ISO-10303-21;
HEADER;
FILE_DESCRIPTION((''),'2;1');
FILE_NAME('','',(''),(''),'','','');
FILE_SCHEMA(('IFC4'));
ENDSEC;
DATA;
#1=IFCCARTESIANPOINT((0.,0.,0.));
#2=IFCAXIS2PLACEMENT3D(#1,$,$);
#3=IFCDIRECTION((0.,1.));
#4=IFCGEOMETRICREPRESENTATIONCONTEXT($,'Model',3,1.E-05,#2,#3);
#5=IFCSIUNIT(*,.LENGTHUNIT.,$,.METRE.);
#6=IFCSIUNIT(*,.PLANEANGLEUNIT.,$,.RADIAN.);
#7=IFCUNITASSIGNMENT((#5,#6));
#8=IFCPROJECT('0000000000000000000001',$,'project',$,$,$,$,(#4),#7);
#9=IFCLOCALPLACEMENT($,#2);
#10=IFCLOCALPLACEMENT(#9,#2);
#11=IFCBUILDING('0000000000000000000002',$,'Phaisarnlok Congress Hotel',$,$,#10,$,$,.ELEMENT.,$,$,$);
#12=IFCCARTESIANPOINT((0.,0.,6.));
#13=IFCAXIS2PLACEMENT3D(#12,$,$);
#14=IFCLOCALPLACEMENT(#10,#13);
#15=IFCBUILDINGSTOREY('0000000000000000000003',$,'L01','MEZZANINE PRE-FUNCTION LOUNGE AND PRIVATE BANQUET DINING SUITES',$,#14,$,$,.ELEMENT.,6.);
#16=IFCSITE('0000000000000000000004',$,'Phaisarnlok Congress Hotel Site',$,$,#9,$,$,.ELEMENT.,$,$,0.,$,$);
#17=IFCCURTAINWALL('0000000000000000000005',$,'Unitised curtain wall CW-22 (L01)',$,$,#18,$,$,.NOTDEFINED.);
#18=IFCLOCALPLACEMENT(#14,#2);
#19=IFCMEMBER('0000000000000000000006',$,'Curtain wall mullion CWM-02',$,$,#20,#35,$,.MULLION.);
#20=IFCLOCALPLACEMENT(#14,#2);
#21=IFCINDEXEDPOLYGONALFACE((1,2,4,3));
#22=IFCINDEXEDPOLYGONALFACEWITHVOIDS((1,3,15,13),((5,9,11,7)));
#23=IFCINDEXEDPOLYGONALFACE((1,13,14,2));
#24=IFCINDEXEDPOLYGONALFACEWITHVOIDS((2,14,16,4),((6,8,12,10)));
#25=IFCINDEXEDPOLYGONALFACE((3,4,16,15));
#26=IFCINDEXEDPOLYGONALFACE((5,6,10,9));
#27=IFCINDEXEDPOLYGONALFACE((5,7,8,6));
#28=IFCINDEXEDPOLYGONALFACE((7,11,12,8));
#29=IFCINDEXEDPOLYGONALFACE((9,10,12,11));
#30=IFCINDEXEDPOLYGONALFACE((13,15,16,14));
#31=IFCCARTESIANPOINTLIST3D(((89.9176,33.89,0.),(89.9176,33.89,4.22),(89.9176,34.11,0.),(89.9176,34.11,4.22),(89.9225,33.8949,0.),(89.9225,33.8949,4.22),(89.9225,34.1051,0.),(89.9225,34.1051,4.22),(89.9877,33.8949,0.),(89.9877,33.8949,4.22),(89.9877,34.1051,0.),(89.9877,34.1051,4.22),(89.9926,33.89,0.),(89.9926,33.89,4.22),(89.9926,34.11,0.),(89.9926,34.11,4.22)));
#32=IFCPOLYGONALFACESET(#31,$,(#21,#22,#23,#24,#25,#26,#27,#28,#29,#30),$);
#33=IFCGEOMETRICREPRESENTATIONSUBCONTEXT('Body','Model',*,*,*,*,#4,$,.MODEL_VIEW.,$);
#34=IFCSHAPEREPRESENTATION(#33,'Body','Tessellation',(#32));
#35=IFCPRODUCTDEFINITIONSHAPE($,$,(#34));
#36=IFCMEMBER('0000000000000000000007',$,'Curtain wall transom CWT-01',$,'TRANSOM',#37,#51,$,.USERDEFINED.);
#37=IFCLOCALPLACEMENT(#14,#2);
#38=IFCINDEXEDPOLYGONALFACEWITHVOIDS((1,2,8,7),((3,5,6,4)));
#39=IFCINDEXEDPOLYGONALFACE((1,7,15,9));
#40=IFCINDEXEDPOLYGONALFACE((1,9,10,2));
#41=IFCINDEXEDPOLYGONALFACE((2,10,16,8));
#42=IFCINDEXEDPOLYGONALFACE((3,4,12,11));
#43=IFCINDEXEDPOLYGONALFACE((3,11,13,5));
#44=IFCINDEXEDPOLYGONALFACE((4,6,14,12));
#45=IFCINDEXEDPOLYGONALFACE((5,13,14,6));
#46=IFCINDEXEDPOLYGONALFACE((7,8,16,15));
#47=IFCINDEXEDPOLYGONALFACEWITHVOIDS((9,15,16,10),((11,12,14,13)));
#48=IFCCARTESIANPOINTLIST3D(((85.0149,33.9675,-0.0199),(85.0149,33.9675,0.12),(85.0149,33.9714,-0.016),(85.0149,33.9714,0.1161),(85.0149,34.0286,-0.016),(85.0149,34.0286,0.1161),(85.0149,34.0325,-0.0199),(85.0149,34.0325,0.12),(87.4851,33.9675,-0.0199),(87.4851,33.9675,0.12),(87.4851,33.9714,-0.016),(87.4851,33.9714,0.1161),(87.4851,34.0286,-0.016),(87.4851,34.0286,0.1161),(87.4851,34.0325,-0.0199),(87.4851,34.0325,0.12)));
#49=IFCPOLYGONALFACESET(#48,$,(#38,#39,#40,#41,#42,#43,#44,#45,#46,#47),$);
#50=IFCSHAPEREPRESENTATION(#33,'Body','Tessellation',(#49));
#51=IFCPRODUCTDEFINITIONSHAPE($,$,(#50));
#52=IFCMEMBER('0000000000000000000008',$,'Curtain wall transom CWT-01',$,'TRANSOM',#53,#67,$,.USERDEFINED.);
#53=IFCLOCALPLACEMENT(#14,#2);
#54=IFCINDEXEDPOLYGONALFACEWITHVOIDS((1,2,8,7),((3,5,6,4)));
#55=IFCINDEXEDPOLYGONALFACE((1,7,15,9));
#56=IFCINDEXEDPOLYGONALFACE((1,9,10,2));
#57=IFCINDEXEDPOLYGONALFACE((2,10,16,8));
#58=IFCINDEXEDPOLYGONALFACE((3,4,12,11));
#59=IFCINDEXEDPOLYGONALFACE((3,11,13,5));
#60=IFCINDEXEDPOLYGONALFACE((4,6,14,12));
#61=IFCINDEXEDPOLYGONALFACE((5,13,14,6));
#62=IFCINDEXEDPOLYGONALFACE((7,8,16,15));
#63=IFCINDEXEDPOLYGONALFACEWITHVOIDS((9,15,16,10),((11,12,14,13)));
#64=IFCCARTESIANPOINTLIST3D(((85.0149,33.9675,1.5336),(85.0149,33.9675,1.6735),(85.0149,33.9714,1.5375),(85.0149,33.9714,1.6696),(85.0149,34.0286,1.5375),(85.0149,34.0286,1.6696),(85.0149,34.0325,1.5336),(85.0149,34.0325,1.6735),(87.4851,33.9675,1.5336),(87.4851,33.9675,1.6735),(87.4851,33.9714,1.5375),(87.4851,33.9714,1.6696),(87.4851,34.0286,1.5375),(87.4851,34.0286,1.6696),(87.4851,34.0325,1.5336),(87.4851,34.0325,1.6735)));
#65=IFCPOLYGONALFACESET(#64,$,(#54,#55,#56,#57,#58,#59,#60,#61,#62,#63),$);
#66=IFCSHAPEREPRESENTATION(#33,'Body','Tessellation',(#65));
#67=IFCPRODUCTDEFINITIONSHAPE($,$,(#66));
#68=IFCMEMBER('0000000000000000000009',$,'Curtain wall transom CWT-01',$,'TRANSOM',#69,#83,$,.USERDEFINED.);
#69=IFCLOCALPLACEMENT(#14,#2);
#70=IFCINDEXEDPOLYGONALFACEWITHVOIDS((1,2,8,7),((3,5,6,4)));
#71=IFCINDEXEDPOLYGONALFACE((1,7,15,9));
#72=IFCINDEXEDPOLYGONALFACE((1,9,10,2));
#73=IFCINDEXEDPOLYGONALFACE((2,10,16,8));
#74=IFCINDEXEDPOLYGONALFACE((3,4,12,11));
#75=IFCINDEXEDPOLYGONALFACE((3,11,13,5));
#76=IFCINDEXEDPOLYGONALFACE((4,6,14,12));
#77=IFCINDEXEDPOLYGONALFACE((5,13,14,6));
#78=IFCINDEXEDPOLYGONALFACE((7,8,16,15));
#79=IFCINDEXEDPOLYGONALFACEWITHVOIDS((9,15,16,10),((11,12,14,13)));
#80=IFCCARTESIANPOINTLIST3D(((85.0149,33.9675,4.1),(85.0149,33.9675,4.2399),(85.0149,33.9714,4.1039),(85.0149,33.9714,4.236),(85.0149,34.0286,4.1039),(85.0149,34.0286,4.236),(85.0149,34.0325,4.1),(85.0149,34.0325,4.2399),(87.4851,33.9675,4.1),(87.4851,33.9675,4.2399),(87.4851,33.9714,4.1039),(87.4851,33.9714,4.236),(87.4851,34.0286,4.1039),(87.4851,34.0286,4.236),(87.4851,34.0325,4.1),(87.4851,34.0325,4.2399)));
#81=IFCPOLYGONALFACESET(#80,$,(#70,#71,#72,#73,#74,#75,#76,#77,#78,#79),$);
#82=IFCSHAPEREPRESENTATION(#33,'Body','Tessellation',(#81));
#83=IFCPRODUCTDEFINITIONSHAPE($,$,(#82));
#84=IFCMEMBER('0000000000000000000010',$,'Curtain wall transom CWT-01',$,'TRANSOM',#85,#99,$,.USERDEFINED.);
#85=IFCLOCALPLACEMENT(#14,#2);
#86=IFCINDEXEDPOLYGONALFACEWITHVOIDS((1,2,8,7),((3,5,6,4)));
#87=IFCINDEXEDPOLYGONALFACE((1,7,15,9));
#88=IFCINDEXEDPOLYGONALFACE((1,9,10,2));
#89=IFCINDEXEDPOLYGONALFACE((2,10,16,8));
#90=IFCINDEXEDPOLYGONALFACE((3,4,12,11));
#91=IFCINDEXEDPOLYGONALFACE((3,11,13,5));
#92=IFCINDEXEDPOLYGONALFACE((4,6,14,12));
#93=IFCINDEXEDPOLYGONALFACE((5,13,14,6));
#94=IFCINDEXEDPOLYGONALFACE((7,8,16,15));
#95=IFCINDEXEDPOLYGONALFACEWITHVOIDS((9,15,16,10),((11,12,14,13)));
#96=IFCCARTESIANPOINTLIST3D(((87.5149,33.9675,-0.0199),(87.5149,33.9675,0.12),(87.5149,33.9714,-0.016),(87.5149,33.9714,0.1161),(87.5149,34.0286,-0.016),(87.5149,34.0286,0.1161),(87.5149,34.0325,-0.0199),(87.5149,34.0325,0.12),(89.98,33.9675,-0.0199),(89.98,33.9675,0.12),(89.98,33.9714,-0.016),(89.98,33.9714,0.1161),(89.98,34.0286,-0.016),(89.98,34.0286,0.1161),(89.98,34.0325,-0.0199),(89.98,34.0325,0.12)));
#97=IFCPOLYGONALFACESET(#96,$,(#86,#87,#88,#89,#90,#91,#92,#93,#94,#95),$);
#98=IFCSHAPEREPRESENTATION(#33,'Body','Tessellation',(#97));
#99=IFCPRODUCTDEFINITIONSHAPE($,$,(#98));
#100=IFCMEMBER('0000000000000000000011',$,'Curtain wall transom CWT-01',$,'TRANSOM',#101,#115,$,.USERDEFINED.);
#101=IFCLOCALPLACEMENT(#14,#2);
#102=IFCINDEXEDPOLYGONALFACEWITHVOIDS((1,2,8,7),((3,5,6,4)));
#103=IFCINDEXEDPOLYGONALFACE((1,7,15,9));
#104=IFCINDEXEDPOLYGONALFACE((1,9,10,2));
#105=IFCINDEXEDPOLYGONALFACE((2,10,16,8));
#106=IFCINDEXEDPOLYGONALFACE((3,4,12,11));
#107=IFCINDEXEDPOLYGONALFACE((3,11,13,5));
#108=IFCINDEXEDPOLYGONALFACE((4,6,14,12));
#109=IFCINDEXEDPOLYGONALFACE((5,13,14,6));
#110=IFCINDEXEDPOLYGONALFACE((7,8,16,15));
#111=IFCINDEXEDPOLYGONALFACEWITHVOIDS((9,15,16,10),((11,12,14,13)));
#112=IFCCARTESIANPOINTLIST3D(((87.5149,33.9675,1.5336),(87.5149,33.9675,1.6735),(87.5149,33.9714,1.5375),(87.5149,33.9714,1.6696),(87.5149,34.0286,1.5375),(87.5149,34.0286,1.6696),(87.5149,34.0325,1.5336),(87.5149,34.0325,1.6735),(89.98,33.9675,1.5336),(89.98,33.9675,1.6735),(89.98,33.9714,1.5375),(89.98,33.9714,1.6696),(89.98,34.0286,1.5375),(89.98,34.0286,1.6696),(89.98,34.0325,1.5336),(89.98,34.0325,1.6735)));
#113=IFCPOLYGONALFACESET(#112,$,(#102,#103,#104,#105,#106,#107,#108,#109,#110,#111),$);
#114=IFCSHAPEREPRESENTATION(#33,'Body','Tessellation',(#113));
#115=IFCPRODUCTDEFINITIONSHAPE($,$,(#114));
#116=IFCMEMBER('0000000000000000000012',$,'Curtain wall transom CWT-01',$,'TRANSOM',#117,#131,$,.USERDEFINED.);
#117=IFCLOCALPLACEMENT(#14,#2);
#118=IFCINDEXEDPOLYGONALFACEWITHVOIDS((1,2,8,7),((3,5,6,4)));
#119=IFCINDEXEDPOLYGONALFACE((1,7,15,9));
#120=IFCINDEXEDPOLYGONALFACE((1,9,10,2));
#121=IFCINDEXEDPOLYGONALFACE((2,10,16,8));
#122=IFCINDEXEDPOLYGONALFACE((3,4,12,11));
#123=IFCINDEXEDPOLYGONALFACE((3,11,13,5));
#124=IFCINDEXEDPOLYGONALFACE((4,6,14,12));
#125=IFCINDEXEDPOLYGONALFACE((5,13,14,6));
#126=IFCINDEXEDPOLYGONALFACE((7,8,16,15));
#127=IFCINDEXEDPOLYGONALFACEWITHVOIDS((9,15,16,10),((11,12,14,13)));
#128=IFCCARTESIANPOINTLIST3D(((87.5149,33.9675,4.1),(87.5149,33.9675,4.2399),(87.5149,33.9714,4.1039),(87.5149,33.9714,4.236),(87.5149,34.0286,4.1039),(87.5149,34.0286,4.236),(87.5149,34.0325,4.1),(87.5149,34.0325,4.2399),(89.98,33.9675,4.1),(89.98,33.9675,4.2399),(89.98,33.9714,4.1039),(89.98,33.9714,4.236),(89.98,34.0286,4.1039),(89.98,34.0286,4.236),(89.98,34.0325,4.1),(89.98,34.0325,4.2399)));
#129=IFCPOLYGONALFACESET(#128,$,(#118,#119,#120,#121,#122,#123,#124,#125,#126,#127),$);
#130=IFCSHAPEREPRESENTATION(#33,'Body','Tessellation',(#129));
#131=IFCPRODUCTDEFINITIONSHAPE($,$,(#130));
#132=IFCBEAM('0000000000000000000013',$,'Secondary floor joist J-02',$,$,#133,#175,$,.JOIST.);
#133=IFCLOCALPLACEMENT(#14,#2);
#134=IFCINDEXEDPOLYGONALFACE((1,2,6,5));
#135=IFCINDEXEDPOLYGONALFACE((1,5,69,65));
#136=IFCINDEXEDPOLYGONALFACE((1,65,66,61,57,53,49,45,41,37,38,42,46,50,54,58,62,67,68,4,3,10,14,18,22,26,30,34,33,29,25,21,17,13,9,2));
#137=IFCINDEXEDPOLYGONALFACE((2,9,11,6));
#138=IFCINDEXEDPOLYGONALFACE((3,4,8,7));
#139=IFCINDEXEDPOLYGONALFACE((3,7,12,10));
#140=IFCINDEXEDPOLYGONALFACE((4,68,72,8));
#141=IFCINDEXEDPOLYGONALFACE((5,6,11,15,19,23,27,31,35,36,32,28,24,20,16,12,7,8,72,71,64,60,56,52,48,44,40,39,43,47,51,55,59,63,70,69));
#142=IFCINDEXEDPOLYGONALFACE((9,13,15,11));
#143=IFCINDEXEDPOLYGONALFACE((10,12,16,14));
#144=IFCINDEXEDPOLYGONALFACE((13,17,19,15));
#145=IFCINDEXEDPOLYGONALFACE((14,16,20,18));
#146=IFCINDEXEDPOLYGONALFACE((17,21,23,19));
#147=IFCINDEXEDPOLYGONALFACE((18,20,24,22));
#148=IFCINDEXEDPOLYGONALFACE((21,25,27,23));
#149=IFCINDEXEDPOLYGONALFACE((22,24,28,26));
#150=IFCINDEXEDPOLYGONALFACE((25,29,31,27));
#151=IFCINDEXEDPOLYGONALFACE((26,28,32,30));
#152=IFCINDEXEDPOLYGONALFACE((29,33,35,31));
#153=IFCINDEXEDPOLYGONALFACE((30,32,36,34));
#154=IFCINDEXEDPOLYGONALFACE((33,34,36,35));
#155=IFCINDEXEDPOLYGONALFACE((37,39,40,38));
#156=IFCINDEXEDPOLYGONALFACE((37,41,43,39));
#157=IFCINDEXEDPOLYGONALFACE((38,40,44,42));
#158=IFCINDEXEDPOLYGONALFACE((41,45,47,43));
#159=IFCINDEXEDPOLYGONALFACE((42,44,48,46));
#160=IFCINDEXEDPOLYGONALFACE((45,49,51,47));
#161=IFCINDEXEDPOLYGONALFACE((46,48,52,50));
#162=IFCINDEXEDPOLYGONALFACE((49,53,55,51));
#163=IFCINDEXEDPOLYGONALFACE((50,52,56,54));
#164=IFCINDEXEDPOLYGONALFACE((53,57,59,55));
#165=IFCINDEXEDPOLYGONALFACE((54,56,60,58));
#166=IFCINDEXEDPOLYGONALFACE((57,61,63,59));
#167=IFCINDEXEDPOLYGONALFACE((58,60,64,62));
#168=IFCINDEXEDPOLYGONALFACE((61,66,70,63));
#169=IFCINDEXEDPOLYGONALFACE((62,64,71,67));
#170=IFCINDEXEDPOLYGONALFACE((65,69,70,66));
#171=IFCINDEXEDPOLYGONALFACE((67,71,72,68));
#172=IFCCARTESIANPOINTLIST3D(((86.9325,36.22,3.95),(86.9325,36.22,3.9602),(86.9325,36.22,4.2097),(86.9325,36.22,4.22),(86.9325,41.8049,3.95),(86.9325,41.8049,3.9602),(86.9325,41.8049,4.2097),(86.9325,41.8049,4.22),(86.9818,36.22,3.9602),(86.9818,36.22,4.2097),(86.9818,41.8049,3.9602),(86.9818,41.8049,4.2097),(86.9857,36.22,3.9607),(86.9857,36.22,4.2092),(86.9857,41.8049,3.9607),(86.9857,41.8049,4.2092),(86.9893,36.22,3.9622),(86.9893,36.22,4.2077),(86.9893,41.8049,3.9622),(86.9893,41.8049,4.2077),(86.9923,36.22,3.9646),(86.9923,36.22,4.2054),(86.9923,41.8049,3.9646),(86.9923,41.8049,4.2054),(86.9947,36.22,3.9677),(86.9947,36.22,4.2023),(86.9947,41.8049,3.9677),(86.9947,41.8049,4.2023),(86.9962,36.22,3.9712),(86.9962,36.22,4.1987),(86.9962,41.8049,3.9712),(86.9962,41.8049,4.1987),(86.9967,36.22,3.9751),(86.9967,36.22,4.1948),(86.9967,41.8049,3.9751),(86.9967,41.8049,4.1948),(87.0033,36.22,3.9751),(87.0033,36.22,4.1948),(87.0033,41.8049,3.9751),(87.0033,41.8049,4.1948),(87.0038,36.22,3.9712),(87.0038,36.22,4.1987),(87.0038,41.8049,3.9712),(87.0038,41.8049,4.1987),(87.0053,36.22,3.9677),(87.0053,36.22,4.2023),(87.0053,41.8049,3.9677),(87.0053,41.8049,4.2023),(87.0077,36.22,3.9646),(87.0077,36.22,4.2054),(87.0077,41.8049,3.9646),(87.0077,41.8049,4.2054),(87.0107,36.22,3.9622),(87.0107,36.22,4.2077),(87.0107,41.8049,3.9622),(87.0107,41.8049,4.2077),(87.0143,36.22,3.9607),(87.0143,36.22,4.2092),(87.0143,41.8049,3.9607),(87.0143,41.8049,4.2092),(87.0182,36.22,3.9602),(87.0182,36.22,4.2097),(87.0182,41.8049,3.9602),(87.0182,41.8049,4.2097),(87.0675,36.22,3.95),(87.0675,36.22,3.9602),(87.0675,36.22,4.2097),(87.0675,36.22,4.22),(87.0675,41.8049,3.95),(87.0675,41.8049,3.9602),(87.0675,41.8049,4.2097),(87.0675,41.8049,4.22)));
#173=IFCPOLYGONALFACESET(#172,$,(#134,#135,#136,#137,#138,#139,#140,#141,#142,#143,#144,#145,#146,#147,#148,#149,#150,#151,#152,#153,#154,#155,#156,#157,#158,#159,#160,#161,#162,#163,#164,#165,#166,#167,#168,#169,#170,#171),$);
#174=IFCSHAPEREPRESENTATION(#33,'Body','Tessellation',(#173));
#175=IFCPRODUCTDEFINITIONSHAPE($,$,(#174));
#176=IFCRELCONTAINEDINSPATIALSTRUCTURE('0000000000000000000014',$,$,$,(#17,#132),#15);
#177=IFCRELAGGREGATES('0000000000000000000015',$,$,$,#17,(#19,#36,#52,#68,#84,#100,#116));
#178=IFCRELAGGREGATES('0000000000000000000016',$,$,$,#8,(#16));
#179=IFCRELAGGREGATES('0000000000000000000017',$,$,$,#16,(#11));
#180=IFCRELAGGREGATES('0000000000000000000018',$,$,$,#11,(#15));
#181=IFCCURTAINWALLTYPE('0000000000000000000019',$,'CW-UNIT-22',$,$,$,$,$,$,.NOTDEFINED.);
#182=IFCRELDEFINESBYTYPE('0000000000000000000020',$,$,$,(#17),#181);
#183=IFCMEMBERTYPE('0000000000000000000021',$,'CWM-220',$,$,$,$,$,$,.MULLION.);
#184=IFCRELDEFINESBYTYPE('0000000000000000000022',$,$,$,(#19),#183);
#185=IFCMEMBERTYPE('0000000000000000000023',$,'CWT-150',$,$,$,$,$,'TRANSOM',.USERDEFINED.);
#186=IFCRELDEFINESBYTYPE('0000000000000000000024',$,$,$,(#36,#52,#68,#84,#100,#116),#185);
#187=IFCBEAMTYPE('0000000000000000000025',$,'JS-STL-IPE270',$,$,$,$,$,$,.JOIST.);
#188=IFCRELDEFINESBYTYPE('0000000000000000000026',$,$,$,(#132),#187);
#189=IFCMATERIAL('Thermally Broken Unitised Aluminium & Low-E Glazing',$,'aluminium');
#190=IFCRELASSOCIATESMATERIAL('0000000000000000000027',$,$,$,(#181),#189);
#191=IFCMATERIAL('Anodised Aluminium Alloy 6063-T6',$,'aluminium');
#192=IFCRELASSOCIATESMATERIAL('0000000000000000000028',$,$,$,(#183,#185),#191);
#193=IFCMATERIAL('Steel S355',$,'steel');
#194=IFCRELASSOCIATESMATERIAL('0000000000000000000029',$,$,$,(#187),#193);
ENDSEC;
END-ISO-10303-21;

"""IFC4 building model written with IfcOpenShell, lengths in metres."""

from ifc_helpers import new_model, si_unit, direction, frame, origin, origin_2d, place, context, subcontext, project, spatial, hollow_rectangle, i_section, extrude, material, material_profile, profile_set, type_object, element, aggregate, save


model = new_model("IFC4")

# Units and contexts
model_context = context("Model", 3, precision=1e-05, world=origin(), true_north=direction((0.0, 1.0)))
body_context = subcontext(model_context, "Body", "Model", "MODEL_VIEW")
ifc_project = project(units=[si_unit("LENGTHUNIT", "METRE"), si_unit("PLANEANGLEUNIT", "RADIAN")], contexts=[model_context])

# Site, building, storey
site_placement = place(None, origin())
site = spatial("IfcSite", under=ifc_project, at=site_placement, Name="Phaisarnlok Congress Hotel Site", CompositionType="ELEMENT", RefElevation=0.0)
building_placement = place(site_placement, origin())
building = spatial("IfcBuilding", under=site, at=building_placement, Name="Phaisarnlok Congress Hotel", CompositionType="ELEMENT")
storey_placement = place(building_placement, frame((0.0, 0.0, 6.0)))
storey = spatial("IfcBuildingStorey", under=building, at=storey_placement, Name="L01", Description="MEZZANINE PRE-FUNCTION LOUNGE AND PRIVATE BANQUET DINING SUITES", CompositionType="ELEMENT", Elevation=6.0)

# Shared definitions
ifc_material_1 = material(Name="Steel S355", Category="steel")

# Curtain wall, members
ifc_material_2 = material(Name="Thermally Broken Unitised Aluminium & Low-E Glazing", Category="aluminium")
curtain_wall_type = type_object("IfcCurtainWallType", Name="CW-UNIT-22", PredefinedType="NOTDEFINED", material=ifc_material_2)
curtain_wall_placement = place(storey_placement, origin())
curtain_wall = element("IfcCurtainWall", 1, at=curtain_wall_placement, inside=storey, type_object=curtain_wall_type, Name="Unitised curtain wall CW-22 (L01)", PredefinedType="NOTDEFINED")
ifc_material_3 = material(Name="Anodised Aluminium Alloy 6063-T6", Category="aluminium")
ifc_material_profile_1 = material_profile(ifc_material_3, hollow_rectangle(XDim=0.075, YDim=0.22, WallThickness=0.0049, at=origin_2d()), Name="ALU-M 75x220x5")
ifc_profile_set_1 = profile_set([ifc_material_profile_1], Name="Anodised Aluminium Alloy 6063-T6")
member_type_1 = type_object("IfcMemberType", Name="CWM-220", PredefinedType="MULLION", material=ifc_profile_set_1)
member_1_placement = place(storey_placement, frame((89.9551, 34.0, 0.0), z_axis=(0.0, 0.0, 1.0), x_axis=(1.0, 0.0, 0.0)))
member_1 = element("IfcMember", 2, at=member_1_placement, type_object=member_type_1, Name="Curtain wall mullion CWM-02", PredefinedType="MULLION", context=body_context, shape_type="SweptSolid", body=[
    extrude(hollow_rectangle(XDim=0.075, YDim=0.22, WallThickness=0.0049, at=origin_2d()), origin(), (0.0, 0.0, 1.0), 4.22),
])
ifc_material_profile_2 = material_profile(ifc_material_3, hollow_rectangle(XDim=0.0649, YDim=0.1399, WallThickness=0.0039, at=origin_2d()), Name="ALU-T 65x140x4")
ifc_profile_set_2 = profile_set([ifc_material_profile_2], Name="Anodised Aluminium Alloy 6063-T6")
member_type_2 = type_object("IfcMemberType", Name="CWT-150", ElementType="TRANSOM", PredefinedType="USERDEFINED", material=ifc_profile_set_2)
member_2_placement = place(storey_placement, frame((85.0149, 34.0, 0.05), z_axis=(1.0, 0.0, 0.0), x_axis=(0.0, 1.0, 0.0)))
member_2 = element("IfcMember", 3, at=member_2_placement, type_object=member_type_2, Name="Curtain wall transom CWT-01", ObjectType="TRANSOM", PredefinedType="USERDEFINED", context=body_context, shape_type="SweptSolid", body=[
    extrude(hollow_rectangle(XDim=0.0649, YDim=0.1399, WallThickness=0.0039, at=origin_2d()), origin(), (0.0, 0.0, 1.0), 2.4702),
])
member_3_placement = place(storey_placement, frame((85.0149, 34.0, 1.6035), z_axis=(1.0, 0.0, 0.0), x_axis=(0.0, 1.0, 0.0)))
member_3 = element("IfcMember", 4, at=member_3_placement, type_object=member_type_2, Name="Curtain wall transom CWT-01", ObjectType="TRANSOM", PredefinedType="USERDEFINED", context=body_context, shape_type="SweptSolid", body=[
    extrude(hollow_rectangle(XDim=0.0649, YDim=0.1399, WallThickness=0.0039, at=origin_2d()), origin(), (0.0, 0.0, 1.0), 2.4702),
])
member_4_placement = place(storey_placement, frame((85.0149, 34.0, 4.1699), z_axis=(1.0, 0.0, 0.0), x_axis=(0.0, 1.0, 0.0)))
member_4 = element("IfcMember", 5, at=member_4_placement, type_object=member_type_2, Name="Curtain wall transom CWT-01", ObjectType="TRANSOM", PredefinedType="USERDEFINED", context=body_context, shape_type="SweptSolid", body=[
    extrude(hollow_rectangle(XDim=0.0649, YDim=0.1399, WallThickness=0.0039, at=origin_2d()), origin(), (0.0, 0.0, 1.0), 2.4702),
])
member_5_placement = place(storey_placement, frame((87.5149, 34.0, 0.05), z_axis=(1.0, 0.0, 0.0), x_axis=(0.0, 1.0, 0.0)))
member_5 = element("IfcMember", 6, at=member_5_placement, type_object=member_type_2, Name="Curtain wall transom CWT-01", ObjectType="TRANSOM", PredefinedType="USERDEFINED", context=body_context, shape_type="SweptSolid", body=[
    extrude(hollow_rectangle(XDim=0.0649, YDim=0.1399, WallThickness=0.0039, at=origin_2d()), origin(), (0.0, 0.0, 1.0), 2.4651),
])
member_6_placement = place(storey_placement, frame((87.5149, 34.0, 1.6035), z_axis=(1.0, 0.0, 0.0), x_axis=(0.0, 1.0, 0.0)))
member_6 = element("IfcMember", 7, at=member_6_placement, type_object=member_type_2, Name="Curtain wall transom CWT-01", ObjectType="TRANSOM", PredefinedType="USERDEFINED", context=body_context, shape_type="SweptSolid", body=[
    extrude(hollow_rectangle(XDim=0.0649, YDim=0.1399, WallThickness=0.0039, at=origin_2d()), origin(), (0.0, 0.0, 1.0), 2.4651),
])
member_7_placement = place(storey_placement, frame((87.5149, 34.0, 4.1699), z_axis=(1.0, 0.0, 0.0), x_axis=(0.0, 1.0, 0.0)))
member_7 = element("IfcMember", 8, at=member_7_placement, type_object=member_type_2, Name="Curtain wall transom CWT-01", ObjectType="TRANSOM", PredefinedType="USERDEFINED", context=body_context, shape_type="SweptSolid", body=[
    extrude(hollow_rectangle(XDim=0.0649, YDim=0.1399, WallThickness=0.0039, at=origin_2d()), origin(), (0.0, 0.0, 1.0), 2.4651),
])

# Beam
ifc_material_profile_3 = material_profile(ifc_material_1, i_section(OverallWidth=0.135, OverallDepth=0.27, WebThickness=0.0066, FlangeThickness=0.0103, FilletRadius=0.0149, at=origin_2d()), Name="IPE 270")
ifc_profile_set_3 = profile_set([ifc_material_profile_3], Name="Steel S355")
beam_type_1 = type_object("IfcBeamType", Name="JS-STL-IPE270", PredefinedType="JOIST", material=ifc_profile_set_3)
beam_1_placement = place(storey_placement, frame((87.0, 36.22, 4.085), z_axis=(0.0, 1.0, 0.0), x_axis=(-1.0, 0.0, 0.0)))
element("IfcBeam", 9, at=beam_1_placement, inside=storey, type_object=beam_type_1, Name="Secondary floor joist J-02", PredefinedType="JOIST", context=body_context, shape_type="SweptSolid", body=[
    extrude(i_section(OverallWidth=0.135, OverallDepth=0.27, WebThickness=0.0066, FlangeThickness=0.0103, FilletRadius=0.0149, at=origin_2d()), origin(), (0.0, 0.0, 1.0), 5.585),
])

aggregate(curtain_wall, [member_1, member_2, member_3, member_4, member_5, member_6, member_7])

save(model, "model.ifc")
